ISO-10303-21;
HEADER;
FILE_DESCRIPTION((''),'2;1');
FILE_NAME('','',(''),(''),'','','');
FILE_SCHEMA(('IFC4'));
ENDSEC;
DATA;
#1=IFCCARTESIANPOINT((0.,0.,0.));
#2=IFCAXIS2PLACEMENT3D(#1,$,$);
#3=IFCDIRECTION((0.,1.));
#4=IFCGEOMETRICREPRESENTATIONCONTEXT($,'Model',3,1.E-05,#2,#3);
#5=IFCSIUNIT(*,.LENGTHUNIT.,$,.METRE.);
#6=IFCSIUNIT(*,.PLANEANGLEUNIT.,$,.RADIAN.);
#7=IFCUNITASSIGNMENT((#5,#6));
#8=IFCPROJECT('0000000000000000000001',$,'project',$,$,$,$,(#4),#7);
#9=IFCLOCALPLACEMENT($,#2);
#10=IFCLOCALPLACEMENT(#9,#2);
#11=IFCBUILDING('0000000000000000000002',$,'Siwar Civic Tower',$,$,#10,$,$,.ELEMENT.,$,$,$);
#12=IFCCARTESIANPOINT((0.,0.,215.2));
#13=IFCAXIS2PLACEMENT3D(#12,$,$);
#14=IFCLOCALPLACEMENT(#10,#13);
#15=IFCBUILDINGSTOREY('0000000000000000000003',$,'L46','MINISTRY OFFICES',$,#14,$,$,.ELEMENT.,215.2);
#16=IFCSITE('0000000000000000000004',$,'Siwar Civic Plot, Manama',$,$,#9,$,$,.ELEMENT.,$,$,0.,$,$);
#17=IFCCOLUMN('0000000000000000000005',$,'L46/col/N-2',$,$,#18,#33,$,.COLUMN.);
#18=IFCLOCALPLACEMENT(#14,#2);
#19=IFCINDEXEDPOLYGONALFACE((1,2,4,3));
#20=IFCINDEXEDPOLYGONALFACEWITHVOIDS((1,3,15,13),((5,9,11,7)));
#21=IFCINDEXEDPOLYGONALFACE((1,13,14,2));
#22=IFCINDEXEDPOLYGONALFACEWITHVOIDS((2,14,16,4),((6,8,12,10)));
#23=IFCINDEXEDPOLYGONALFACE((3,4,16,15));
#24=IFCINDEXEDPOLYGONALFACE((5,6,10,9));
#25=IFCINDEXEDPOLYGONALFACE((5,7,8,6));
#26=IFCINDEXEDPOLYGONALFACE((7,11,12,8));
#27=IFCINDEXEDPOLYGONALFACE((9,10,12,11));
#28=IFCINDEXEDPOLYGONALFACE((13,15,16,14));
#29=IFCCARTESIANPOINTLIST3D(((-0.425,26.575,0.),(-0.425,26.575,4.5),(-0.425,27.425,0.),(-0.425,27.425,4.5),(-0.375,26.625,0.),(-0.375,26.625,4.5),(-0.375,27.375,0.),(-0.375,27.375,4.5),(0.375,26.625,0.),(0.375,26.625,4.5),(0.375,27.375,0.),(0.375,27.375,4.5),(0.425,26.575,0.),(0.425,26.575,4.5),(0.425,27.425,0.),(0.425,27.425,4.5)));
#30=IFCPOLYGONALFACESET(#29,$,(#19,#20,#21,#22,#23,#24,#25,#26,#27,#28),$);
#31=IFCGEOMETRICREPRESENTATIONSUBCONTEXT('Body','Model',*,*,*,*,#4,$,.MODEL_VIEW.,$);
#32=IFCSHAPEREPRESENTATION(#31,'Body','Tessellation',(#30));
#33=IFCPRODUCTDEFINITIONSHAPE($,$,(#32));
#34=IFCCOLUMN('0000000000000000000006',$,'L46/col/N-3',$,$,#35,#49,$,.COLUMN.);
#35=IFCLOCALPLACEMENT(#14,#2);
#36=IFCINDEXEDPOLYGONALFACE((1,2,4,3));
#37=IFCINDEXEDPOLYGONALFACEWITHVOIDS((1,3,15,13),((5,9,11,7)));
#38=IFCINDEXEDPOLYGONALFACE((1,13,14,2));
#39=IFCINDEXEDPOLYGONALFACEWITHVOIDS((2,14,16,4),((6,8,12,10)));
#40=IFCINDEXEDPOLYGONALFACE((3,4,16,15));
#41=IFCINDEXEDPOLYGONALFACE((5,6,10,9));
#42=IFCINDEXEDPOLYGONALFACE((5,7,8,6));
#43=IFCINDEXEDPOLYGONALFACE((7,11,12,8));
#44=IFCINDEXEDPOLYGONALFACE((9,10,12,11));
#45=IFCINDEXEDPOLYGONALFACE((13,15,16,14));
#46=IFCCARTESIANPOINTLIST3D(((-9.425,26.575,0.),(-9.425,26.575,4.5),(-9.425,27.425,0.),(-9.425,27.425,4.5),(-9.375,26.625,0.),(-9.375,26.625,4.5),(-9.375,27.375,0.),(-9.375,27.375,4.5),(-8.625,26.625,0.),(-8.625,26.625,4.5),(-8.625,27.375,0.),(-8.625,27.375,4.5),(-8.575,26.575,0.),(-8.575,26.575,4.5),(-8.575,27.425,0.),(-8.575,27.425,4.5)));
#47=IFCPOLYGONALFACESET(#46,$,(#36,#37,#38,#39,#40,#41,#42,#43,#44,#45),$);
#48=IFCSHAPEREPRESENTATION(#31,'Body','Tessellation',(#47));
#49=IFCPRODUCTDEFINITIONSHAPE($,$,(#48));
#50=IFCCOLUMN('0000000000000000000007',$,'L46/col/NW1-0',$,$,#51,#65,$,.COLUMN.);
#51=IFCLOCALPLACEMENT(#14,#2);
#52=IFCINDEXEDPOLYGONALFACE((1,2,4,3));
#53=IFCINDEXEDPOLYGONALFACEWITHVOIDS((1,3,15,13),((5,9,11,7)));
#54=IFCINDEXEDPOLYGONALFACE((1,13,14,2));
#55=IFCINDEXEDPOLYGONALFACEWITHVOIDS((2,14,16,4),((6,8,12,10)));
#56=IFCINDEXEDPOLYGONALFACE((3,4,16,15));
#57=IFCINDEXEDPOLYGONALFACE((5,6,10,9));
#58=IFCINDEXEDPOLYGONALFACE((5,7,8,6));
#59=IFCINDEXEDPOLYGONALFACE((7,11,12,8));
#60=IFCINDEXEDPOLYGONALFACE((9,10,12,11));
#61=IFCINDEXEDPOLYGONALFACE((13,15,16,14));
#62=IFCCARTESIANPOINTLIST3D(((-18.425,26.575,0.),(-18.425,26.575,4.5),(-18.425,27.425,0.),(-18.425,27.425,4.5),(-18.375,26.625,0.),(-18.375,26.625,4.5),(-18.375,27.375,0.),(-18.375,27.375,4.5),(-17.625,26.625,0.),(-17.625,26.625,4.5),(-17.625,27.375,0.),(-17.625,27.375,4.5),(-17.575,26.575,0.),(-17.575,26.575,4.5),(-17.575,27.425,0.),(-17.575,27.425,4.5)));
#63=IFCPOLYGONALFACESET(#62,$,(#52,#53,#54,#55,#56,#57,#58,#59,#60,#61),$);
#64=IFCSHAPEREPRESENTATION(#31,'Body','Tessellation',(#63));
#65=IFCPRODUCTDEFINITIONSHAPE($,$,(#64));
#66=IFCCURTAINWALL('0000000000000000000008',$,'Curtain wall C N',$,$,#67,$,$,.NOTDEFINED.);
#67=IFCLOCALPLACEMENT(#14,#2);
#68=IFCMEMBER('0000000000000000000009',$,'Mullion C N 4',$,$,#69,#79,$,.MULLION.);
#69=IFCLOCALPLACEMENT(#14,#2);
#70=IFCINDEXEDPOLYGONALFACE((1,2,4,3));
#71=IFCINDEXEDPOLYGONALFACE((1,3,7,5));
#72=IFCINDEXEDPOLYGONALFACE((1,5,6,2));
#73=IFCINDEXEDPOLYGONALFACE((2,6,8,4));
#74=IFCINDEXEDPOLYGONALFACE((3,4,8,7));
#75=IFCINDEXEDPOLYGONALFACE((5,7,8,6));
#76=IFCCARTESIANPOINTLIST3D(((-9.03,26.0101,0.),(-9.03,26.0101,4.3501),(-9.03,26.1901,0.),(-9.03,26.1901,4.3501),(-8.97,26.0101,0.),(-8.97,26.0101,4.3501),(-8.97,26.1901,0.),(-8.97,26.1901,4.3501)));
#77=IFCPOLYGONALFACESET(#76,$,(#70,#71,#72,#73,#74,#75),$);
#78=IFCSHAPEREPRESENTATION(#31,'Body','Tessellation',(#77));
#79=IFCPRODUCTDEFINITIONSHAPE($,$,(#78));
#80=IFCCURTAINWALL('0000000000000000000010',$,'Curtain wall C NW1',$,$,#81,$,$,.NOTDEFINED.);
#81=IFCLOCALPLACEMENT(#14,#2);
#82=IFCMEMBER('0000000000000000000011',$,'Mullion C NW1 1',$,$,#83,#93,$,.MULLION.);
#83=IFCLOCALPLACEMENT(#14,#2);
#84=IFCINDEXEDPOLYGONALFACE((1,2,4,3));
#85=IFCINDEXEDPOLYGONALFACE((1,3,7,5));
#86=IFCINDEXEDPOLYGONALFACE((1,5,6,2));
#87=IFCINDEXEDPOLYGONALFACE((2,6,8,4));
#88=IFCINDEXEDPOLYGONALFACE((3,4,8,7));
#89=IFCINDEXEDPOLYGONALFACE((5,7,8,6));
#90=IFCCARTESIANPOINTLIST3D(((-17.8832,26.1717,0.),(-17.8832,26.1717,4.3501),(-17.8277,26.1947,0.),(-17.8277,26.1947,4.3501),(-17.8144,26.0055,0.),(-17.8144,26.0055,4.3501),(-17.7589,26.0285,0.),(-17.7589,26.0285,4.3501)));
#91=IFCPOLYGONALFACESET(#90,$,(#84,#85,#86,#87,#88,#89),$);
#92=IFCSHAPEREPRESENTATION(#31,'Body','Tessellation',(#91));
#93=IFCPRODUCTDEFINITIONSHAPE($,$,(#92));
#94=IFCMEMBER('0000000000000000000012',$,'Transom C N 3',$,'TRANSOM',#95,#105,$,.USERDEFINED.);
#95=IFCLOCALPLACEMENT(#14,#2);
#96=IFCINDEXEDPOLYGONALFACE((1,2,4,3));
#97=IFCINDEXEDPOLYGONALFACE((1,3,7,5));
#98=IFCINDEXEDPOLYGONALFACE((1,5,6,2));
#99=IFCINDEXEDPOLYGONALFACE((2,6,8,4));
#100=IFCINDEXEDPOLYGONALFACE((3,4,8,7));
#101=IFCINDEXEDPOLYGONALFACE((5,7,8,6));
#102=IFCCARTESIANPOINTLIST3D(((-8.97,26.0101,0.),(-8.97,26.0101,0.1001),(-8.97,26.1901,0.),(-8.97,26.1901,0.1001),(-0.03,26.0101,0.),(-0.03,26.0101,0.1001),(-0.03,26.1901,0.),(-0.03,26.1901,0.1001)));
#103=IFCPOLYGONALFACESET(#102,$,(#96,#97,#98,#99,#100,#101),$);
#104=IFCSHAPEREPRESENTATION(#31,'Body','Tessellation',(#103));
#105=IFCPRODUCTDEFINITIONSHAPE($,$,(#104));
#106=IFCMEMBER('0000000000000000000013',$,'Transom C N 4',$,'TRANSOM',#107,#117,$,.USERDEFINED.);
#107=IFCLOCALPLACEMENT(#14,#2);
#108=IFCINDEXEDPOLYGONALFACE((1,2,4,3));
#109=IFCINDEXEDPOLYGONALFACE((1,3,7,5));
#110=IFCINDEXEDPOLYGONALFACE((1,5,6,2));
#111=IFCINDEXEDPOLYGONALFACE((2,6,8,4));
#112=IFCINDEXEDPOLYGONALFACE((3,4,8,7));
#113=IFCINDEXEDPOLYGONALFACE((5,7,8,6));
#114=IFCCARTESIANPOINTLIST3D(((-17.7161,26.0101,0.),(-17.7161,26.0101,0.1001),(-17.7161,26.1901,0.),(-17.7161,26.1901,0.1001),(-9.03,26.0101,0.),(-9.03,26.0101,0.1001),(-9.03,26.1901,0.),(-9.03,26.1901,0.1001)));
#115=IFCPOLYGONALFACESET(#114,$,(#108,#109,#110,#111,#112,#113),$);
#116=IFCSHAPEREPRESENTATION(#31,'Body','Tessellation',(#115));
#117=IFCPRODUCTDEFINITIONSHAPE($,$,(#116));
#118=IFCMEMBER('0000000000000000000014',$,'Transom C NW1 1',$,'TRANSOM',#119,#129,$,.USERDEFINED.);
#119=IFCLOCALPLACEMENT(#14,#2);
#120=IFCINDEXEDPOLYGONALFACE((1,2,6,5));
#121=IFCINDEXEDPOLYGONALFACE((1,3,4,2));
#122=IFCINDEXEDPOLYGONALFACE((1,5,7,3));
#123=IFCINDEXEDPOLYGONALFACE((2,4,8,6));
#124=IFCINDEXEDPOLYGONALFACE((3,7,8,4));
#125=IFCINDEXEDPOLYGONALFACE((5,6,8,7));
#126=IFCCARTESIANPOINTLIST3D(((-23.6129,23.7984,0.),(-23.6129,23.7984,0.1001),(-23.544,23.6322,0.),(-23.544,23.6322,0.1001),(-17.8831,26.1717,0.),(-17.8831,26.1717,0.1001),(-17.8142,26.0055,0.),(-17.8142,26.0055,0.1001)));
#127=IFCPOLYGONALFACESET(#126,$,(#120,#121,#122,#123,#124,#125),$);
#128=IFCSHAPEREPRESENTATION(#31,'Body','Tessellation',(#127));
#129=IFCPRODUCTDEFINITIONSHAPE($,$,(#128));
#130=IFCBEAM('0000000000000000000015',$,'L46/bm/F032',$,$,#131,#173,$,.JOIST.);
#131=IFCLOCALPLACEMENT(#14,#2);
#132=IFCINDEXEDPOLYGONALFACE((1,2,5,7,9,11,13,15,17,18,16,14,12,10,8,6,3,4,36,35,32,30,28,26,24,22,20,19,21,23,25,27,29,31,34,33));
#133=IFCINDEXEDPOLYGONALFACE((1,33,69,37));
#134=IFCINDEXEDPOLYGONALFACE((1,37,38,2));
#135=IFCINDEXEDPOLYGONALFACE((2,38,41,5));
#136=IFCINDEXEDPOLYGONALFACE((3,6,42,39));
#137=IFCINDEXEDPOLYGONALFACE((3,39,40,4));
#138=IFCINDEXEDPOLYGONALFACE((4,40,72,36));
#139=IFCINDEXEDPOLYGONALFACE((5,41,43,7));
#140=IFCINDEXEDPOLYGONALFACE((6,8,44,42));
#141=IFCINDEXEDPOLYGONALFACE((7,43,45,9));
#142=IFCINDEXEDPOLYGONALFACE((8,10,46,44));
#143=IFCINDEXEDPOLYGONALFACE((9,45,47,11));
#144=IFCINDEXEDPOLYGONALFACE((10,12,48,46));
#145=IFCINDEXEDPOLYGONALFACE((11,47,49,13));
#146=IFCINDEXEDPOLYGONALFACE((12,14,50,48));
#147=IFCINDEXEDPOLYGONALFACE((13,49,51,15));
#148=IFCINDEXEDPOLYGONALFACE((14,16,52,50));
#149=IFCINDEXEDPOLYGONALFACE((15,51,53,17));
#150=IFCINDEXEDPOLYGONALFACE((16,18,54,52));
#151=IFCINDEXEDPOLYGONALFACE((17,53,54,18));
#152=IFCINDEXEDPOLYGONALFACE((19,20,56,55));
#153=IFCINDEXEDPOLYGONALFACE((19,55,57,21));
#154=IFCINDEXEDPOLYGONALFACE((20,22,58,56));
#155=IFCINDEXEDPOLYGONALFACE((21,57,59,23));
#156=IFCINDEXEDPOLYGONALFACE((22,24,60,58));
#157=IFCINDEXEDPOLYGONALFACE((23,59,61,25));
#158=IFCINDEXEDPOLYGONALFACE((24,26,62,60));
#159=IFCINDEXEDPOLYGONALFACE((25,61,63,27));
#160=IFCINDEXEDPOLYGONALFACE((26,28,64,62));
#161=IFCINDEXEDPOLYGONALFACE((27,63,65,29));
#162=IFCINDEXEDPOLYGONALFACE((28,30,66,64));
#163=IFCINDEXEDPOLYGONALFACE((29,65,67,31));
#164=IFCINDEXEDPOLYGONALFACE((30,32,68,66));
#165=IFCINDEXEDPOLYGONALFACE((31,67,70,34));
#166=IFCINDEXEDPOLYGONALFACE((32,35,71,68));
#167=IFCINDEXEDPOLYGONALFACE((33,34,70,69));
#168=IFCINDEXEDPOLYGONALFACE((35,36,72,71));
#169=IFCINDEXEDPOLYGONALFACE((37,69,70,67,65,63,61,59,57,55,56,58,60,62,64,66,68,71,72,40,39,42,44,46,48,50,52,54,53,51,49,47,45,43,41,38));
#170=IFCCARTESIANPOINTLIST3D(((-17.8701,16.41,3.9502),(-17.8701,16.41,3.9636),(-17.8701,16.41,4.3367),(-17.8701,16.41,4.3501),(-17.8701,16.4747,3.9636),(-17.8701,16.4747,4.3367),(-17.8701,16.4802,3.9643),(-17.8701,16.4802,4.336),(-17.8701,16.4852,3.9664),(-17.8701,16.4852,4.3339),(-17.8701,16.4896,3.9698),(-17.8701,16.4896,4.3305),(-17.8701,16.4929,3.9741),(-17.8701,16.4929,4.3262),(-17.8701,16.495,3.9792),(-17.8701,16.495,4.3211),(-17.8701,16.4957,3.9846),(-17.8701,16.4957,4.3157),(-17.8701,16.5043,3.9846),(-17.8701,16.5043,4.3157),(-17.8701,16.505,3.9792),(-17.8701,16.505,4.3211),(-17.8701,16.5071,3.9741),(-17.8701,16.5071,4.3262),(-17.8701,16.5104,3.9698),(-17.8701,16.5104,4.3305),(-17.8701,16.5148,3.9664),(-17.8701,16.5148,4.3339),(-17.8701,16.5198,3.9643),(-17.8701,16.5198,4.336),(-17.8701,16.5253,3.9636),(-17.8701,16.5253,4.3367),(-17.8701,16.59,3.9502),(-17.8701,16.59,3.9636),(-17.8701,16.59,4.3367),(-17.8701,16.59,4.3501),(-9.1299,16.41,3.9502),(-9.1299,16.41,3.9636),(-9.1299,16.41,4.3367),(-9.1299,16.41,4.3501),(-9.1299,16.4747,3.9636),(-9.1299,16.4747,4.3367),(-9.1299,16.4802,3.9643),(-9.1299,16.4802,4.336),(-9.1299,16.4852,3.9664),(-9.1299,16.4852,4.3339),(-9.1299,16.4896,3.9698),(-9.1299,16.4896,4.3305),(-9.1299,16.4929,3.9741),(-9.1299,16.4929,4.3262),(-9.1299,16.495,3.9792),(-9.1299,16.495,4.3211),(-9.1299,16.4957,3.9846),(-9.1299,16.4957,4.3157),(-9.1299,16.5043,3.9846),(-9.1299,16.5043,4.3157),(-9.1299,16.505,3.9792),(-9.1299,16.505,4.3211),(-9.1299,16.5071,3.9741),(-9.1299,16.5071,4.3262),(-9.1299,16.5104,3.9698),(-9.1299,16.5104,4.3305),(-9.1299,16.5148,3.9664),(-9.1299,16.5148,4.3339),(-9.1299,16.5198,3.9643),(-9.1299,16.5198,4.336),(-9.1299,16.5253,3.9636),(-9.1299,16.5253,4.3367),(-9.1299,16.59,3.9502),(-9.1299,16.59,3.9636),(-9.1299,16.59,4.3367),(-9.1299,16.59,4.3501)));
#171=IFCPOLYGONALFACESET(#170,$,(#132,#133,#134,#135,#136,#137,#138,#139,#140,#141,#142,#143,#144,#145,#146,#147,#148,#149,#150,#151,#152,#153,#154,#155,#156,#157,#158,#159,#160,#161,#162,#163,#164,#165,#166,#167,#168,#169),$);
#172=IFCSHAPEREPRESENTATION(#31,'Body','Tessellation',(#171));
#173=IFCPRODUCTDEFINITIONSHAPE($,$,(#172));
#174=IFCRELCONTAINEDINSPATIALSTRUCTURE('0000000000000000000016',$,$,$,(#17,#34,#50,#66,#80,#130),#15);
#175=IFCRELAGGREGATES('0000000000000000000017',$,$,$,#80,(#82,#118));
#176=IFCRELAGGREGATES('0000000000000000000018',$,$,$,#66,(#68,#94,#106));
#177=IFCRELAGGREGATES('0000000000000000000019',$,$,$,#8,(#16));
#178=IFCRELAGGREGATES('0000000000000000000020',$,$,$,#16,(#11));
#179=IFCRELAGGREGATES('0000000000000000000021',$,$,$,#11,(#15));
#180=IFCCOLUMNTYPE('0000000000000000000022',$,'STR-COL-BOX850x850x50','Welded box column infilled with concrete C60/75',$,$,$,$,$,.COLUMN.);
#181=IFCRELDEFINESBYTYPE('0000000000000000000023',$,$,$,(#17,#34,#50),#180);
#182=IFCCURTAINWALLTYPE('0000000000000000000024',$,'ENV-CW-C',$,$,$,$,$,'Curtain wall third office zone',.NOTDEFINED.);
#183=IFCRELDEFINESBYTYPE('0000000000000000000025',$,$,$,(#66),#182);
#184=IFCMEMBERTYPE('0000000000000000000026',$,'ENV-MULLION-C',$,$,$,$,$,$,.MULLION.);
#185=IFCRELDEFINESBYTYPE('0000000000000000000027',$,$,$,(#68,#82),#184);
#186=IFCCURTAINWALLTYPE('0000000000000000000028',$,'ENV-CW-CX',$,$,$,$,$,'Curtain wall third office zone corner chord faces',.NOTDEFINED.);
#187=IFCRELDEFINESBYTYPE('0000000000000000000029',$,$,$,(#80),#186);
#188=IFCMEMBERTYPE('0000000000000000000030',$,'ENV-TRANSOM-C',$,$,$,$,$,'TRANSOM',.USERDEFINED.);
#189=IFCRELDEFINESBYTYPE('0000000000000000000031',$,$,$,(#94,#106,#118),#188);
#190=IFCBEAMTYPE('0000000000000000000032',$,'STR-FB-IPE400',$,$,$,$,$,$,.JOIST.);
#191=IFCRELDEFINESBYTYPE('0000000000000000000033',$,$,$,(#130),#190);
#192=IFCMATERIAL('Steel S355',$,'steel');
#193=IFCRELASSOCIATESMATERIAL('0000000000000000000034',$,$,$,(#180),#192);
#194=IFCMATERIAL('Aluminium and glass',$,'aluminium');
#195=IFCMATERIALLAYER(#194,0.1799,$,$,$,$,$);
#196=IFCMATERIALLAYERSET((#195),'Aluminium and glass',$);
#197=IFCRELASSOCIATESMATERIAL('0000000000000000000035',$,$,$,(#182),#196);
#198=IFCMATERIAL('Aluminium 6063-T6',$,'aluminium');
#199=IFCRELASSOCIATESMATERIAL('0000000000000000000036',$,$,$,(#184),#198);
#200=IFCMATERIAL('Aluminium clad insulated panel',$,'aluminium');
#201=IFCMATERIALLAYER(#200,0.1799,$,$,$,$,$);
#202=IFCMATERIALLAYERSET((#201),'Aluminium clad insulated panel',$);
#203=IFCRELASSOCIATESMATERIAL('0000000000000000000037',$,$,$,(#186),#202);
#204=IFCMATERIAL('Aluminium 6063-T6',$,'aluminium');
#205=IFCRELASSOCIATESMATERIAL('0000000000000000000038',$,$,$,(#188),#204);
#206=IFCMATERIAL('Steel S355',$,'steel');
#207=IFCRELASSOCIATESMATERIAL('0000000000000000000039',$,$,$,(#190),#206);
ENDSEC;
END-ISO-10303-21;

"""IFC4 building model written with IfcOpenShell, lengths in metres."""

from ifc_helpers import new_model, si_unit, direction, frame, origin, origin_2d, place, context, subcontext, project, spatial, rectangle, hollow_rectangle, i_section, extrude, material, layer, layer_set, material_profile, profile_set, type_object, element, aggregate, save


model = new_model("IFC4")

# Units and contexts
model_context = context("Model", 3, precision=1e-05, world=origin(), true_north=direction((0.0, 1.0)))
body_context = subcontext(model_context, "Body", "Model", "MODEL_VIEW")
ifc_project = project(units=[si_unit("LENGTHUNIT", "METRE"), si_unit("PLANEANGLEUNIT", "RADIAN")], contexts=[model_context])

# Site, building, storey
site_placement = place(None, origin())
site = spatial("IfcSite", under=ifc_project, at=site_placement, Name="Siwar Civic Plot, Manama", CompositionType="ELEMENT", RefElevation=0.0)
building_placement = place(site_placement, origin())
building = spatial("IfcBuilding", under=site, at=building_placement, Name="Siwar Civic Tower", CompositionType="ELEMENT")
storey_placement = place(building_placement, frame((0.0, 0.0, 215.2)))
storey = spatial("IfcBuildingStorey", under=building, at=storey_placement, Name="L46", Description="MINISTRY OFFICES", CompositionType="ELEMENT", Elevation=215.2)

# Columns
ifc_material_1 = material(Name="Steel S355", Category="steel")
ifc_material_profile_1 = material_profile(ifc_material_1, hollow_rectangle(XDim=0.8501, YDim=0.8501, WallThickness=0.05, at=origin_2d()), Name="BOX850x850x50")
ifc_profile_set_1 = profile_set([ifc_material_profile_1], Name="Steel S355")
column_type = type_object("IfcColumnType", Name="STR-COL-BOX850x850x50", Description="Welded box column infilled with concrete C60/75", PredefinedType="COLUMN", material=ifc_profile_set_1)
for number, where, z_axis, x_axis, name in (
    (1, (0.0, 27.0, 0.0), (0.0, 0.0, 1.0), (1.0, 0.0, 0.0), "L46/col/N-2"),
    (2, (-9.0, 27.0, 0.0), (0.0, 0.0, 1.0), (1.0, 0.0, 0.0), "L46/col/N-3"),
    (3, (-18.0, 27.0, 0.0), (0.0, 0.0, 1.0), (1.0, 0.0, 0.0), "L46/col/NW1-0"),
):
    element("IfcColumn", number, at=place(storey_placement, frame(where, z_axis=z_axis, x_axis=x_axis)), inside=storey, type_object=column_type, Name=name, PredefinedType="COLUMN", context=body_context, shape_type="SweptSolid", body=[
        extrude(hollow_rectangle(XDim=0.8501, YDim=0.8501, WallThickness=0.05, at=origin_2d()), origin(), (0.0, 0.0, 1.0), 4.5),
    ])

# Curtain walls, members
ifc_material_2 = material(Name="Aluminium and glass", Category="aluminium")
ifc_layer_1 = layer(ifc_material_2, 0.1799)
ifc_layer_set_1 = layer_set([ifc_layer_1], Name="Aluminium and glass")
curtain_wall_type_1 = type_object("IfcCurtainWallType", Name="ENV-CW-C", ElementType="Curtain wall third office zone", PredefinedType="NOTDEFINED", material=ifc_layer_set_1)
curtain_wall_1_placement = place(storey_placement, origin())
curtain_wall_1 = element("IfcCurtainWall", 4, at=curtain_wall_1_placement, inside=storey, type_object=curtain_wall_type_1, Name="Curtain wall C N", PredefinedType="NOTDEFINED")
ifc_material_3 = material(Name="Aluminium 6063-T6", Category="aluminium")
ifc_material_profile_2 = material_profile(ifc_material_3, rectangle(XDim=0.1799, YDim=0.0601, at=origin_2d()), Name="AL 180x60")
ifc_profile_set_2 = profile_set([ifc_material_profile_2], Name="Aluminium 6063-T6")
member_type_1 = type_object("IfcMemberType", Name="ENV-MULLION-C", PredefinedType="MULLION", material=ifc_profile_set_2)
member_1_placement = place(storey_placement, frame((-9.0, 26.1001, 0.0), z_axis=(0.0, 0.0, 1.0), x_axis=(0.0, -1.0, 0.0)))
member_1 = element("IfcMember", 5, at=member_1_placement, type_object=member_type_1, Name="Mullion C N 4", PredefinedType="MULLION", context=body_context, shape_type="SweptSolid", body=[
    extrude(rectangle(XDim=0.1799, YDim=0.0601, at=origin_2d()), origin(), (0.0, 0.0, 1.0), 4.3501),
])
ifc_material_4 = material(Name="Aluminium clad insulated panel", Category="aluminium")
ifc_layer_2 = layer(ifc_material_4, 0.1799)
ifc_layer_set_2 = layer_set([ifc_layer_2], Name="Aluminium clad insulated panel")
curtain_wall_type_2 = type_object("IfcCurtainWallType", Name="ENV-CW-CX", ElementType="Curtain wall third office zone corner chord faces", PredefinedType="NOTDEFINED", material=ifc_layer_set_2)
curtain_wall_2_placement = place(storey_placement, origin())
curtain_wall_2 = element("IfcCurtainWall", 6, at=curtain_wall_2_placement, inside=storey, type_object=curtain_wall_type_2, Name="Curtain wall C NW1", PredefinedType="NOTDEFINED")
member_2_placement = place(storey_placement, frame((-17.821, 26.1001, 0.0), z_axis=(0.0, 0.0, 1.0), x_axis=(0.382683, -0.92388, 0.0)))
member_2 = element("IfcMember", 7, at=member_2_placement, type_object=member_type_1, Name="Mullion C NW1 1", PredefinedType="MULLION", context=body_context, shape_type="SweptSolid", body=[
    extrude(rectangle(XDim=0.1799, YDim=0.0601, at=origin_2d()), origin(), (0.0, 0.0, 1.0), 4.3501),
])

# Members
ifc_material_5 = material(Name="Aluminium 6063-T6", Category="aluminium")
ifc_material_profile_3 = material_profile(ifc_material_5, rectangle(XDim=0.1799, YDim=0.1001, at=origin_2d()), Name="AL 180x100")
ifc_profile_set_3 = profile_set([ifc_material_profile_3], Name="Aluminium 6063-T6")
member_type_2 = type_object("IfcMemberType", Name="ENV-TRANSOM-C", ElementType="TRANSOM", PredefinedType="USERDEFINED", material=ifc_profile_set_3)
member_3_placement = place(storey_placement, frame((-0.03, 26.1001, 0.05), z_axis=(-1.0, 0.0, 0.0), x_axis=(0.0, -1.0, 0.0)))
member_3 = element("IfcMember", 8, at=member_3_placement, type_object=member_type_2, Name="Transom C N 3", ObjectType="TRANSOM", PredefinedType="USERDEFINED", context=body_context, shape_type="SweptSolid", body=[
    extrude(rectangle(XDim=0.1799, YDim=0.1001, at=origin_2d()), origin(), (0.0, 0.0, 1.0), 8.9399),
])
member_4_placement = place(storey_placement, frame((-9.03, 26.1001, 0.05), z_axis=(-1.0, 0.0, 0.0), x_axis=(0.0, -1.0, 0.0)))
member_4 = element("IfcMember", 9, at=member_4_placement, type_object=member_type_2, Name="Transom C N 4", ObjectType="TRANSOM", PredefinedType="USERDEFINED", context=body_context, shape_type="SweptSolid", body=[
    extrude(rectangle(XDim=0.1799, YDim=0.1001, at=origin_2d()), origin(), (0.0, 0.0, 1.0), 8.686),
])
member_5_placement = place(storey_placement, frame((-17.8486, 26.0886, 0.05), z_axis=(-0.923882, -0.382677, 0.0), x_axis=(0.382677, -0.923882, 0.0)))
member_5 = element("IfcMember", 10, at=member_5_placement, type_object=member_type_2, Name="Transom C NW1 1", ObjectType="TRANSOM", PredefinedType="USERDEFINED", context=body_context, shape_type="SweptSolid", body=[
    extrude(rectangle(XDim=0.1799, YDim=0.1001, at=origin_2d()), origin(), (0.0, 0.0, 1.0), 6.2019),
])
aggregate(curtain_wall_2, [member_2, member_5])

# Beam
ifc_material_6 = material(Name="Steel S355", Category="steel")
ifc_material_profile_4 = material_profile(ifc_material_6, i_section(OverallWidth=0.1799, OverallDepth=0.3999, WebThickness=0.0085, FlangeThickness=0.0134, FilletRadius=0.021, at=origin_2d()), Name="IPE400")
ifc_profile_set_4 = profile_set([ifc_material_profile_4], Name="Steel S355")
beam_type_1 = type_object("IfcBeamType", Name="STR-FB-IPE400", PredefinedType="JOIST", material=ifc_profile_set_4)
for number, where, z_axis, x_axis, name in (
    (11, (-17.8701, 16.5, 4.1501), (1.0, 0.0, 0.0), (0.0, 1.0, 0.0), "L46/bm/F032"),
):
    element("IfcBeam", number, at=place(storey_placement, frame(where, z_axis=z_axis, x_axis=x_axis)), inside=storey, type_object=beam_type_1, Name=name, PredefinedType="JOIST", context=body_context, shape_type="SweptSolid", body=[
        extrude(i_section(OverallWidth=0.1799, OverallDepth=0.3999, WebThickness=0.0085, FlangeThickness=0.0134, FilletRadius=0.021, at=origin_2d()), origin(), (0.0, 0.0, 1.0), 8.7402),
    ])

aggregate(curtain_wall_1, [member_1, member_3, member_4])

save(model, "model.ifc")
